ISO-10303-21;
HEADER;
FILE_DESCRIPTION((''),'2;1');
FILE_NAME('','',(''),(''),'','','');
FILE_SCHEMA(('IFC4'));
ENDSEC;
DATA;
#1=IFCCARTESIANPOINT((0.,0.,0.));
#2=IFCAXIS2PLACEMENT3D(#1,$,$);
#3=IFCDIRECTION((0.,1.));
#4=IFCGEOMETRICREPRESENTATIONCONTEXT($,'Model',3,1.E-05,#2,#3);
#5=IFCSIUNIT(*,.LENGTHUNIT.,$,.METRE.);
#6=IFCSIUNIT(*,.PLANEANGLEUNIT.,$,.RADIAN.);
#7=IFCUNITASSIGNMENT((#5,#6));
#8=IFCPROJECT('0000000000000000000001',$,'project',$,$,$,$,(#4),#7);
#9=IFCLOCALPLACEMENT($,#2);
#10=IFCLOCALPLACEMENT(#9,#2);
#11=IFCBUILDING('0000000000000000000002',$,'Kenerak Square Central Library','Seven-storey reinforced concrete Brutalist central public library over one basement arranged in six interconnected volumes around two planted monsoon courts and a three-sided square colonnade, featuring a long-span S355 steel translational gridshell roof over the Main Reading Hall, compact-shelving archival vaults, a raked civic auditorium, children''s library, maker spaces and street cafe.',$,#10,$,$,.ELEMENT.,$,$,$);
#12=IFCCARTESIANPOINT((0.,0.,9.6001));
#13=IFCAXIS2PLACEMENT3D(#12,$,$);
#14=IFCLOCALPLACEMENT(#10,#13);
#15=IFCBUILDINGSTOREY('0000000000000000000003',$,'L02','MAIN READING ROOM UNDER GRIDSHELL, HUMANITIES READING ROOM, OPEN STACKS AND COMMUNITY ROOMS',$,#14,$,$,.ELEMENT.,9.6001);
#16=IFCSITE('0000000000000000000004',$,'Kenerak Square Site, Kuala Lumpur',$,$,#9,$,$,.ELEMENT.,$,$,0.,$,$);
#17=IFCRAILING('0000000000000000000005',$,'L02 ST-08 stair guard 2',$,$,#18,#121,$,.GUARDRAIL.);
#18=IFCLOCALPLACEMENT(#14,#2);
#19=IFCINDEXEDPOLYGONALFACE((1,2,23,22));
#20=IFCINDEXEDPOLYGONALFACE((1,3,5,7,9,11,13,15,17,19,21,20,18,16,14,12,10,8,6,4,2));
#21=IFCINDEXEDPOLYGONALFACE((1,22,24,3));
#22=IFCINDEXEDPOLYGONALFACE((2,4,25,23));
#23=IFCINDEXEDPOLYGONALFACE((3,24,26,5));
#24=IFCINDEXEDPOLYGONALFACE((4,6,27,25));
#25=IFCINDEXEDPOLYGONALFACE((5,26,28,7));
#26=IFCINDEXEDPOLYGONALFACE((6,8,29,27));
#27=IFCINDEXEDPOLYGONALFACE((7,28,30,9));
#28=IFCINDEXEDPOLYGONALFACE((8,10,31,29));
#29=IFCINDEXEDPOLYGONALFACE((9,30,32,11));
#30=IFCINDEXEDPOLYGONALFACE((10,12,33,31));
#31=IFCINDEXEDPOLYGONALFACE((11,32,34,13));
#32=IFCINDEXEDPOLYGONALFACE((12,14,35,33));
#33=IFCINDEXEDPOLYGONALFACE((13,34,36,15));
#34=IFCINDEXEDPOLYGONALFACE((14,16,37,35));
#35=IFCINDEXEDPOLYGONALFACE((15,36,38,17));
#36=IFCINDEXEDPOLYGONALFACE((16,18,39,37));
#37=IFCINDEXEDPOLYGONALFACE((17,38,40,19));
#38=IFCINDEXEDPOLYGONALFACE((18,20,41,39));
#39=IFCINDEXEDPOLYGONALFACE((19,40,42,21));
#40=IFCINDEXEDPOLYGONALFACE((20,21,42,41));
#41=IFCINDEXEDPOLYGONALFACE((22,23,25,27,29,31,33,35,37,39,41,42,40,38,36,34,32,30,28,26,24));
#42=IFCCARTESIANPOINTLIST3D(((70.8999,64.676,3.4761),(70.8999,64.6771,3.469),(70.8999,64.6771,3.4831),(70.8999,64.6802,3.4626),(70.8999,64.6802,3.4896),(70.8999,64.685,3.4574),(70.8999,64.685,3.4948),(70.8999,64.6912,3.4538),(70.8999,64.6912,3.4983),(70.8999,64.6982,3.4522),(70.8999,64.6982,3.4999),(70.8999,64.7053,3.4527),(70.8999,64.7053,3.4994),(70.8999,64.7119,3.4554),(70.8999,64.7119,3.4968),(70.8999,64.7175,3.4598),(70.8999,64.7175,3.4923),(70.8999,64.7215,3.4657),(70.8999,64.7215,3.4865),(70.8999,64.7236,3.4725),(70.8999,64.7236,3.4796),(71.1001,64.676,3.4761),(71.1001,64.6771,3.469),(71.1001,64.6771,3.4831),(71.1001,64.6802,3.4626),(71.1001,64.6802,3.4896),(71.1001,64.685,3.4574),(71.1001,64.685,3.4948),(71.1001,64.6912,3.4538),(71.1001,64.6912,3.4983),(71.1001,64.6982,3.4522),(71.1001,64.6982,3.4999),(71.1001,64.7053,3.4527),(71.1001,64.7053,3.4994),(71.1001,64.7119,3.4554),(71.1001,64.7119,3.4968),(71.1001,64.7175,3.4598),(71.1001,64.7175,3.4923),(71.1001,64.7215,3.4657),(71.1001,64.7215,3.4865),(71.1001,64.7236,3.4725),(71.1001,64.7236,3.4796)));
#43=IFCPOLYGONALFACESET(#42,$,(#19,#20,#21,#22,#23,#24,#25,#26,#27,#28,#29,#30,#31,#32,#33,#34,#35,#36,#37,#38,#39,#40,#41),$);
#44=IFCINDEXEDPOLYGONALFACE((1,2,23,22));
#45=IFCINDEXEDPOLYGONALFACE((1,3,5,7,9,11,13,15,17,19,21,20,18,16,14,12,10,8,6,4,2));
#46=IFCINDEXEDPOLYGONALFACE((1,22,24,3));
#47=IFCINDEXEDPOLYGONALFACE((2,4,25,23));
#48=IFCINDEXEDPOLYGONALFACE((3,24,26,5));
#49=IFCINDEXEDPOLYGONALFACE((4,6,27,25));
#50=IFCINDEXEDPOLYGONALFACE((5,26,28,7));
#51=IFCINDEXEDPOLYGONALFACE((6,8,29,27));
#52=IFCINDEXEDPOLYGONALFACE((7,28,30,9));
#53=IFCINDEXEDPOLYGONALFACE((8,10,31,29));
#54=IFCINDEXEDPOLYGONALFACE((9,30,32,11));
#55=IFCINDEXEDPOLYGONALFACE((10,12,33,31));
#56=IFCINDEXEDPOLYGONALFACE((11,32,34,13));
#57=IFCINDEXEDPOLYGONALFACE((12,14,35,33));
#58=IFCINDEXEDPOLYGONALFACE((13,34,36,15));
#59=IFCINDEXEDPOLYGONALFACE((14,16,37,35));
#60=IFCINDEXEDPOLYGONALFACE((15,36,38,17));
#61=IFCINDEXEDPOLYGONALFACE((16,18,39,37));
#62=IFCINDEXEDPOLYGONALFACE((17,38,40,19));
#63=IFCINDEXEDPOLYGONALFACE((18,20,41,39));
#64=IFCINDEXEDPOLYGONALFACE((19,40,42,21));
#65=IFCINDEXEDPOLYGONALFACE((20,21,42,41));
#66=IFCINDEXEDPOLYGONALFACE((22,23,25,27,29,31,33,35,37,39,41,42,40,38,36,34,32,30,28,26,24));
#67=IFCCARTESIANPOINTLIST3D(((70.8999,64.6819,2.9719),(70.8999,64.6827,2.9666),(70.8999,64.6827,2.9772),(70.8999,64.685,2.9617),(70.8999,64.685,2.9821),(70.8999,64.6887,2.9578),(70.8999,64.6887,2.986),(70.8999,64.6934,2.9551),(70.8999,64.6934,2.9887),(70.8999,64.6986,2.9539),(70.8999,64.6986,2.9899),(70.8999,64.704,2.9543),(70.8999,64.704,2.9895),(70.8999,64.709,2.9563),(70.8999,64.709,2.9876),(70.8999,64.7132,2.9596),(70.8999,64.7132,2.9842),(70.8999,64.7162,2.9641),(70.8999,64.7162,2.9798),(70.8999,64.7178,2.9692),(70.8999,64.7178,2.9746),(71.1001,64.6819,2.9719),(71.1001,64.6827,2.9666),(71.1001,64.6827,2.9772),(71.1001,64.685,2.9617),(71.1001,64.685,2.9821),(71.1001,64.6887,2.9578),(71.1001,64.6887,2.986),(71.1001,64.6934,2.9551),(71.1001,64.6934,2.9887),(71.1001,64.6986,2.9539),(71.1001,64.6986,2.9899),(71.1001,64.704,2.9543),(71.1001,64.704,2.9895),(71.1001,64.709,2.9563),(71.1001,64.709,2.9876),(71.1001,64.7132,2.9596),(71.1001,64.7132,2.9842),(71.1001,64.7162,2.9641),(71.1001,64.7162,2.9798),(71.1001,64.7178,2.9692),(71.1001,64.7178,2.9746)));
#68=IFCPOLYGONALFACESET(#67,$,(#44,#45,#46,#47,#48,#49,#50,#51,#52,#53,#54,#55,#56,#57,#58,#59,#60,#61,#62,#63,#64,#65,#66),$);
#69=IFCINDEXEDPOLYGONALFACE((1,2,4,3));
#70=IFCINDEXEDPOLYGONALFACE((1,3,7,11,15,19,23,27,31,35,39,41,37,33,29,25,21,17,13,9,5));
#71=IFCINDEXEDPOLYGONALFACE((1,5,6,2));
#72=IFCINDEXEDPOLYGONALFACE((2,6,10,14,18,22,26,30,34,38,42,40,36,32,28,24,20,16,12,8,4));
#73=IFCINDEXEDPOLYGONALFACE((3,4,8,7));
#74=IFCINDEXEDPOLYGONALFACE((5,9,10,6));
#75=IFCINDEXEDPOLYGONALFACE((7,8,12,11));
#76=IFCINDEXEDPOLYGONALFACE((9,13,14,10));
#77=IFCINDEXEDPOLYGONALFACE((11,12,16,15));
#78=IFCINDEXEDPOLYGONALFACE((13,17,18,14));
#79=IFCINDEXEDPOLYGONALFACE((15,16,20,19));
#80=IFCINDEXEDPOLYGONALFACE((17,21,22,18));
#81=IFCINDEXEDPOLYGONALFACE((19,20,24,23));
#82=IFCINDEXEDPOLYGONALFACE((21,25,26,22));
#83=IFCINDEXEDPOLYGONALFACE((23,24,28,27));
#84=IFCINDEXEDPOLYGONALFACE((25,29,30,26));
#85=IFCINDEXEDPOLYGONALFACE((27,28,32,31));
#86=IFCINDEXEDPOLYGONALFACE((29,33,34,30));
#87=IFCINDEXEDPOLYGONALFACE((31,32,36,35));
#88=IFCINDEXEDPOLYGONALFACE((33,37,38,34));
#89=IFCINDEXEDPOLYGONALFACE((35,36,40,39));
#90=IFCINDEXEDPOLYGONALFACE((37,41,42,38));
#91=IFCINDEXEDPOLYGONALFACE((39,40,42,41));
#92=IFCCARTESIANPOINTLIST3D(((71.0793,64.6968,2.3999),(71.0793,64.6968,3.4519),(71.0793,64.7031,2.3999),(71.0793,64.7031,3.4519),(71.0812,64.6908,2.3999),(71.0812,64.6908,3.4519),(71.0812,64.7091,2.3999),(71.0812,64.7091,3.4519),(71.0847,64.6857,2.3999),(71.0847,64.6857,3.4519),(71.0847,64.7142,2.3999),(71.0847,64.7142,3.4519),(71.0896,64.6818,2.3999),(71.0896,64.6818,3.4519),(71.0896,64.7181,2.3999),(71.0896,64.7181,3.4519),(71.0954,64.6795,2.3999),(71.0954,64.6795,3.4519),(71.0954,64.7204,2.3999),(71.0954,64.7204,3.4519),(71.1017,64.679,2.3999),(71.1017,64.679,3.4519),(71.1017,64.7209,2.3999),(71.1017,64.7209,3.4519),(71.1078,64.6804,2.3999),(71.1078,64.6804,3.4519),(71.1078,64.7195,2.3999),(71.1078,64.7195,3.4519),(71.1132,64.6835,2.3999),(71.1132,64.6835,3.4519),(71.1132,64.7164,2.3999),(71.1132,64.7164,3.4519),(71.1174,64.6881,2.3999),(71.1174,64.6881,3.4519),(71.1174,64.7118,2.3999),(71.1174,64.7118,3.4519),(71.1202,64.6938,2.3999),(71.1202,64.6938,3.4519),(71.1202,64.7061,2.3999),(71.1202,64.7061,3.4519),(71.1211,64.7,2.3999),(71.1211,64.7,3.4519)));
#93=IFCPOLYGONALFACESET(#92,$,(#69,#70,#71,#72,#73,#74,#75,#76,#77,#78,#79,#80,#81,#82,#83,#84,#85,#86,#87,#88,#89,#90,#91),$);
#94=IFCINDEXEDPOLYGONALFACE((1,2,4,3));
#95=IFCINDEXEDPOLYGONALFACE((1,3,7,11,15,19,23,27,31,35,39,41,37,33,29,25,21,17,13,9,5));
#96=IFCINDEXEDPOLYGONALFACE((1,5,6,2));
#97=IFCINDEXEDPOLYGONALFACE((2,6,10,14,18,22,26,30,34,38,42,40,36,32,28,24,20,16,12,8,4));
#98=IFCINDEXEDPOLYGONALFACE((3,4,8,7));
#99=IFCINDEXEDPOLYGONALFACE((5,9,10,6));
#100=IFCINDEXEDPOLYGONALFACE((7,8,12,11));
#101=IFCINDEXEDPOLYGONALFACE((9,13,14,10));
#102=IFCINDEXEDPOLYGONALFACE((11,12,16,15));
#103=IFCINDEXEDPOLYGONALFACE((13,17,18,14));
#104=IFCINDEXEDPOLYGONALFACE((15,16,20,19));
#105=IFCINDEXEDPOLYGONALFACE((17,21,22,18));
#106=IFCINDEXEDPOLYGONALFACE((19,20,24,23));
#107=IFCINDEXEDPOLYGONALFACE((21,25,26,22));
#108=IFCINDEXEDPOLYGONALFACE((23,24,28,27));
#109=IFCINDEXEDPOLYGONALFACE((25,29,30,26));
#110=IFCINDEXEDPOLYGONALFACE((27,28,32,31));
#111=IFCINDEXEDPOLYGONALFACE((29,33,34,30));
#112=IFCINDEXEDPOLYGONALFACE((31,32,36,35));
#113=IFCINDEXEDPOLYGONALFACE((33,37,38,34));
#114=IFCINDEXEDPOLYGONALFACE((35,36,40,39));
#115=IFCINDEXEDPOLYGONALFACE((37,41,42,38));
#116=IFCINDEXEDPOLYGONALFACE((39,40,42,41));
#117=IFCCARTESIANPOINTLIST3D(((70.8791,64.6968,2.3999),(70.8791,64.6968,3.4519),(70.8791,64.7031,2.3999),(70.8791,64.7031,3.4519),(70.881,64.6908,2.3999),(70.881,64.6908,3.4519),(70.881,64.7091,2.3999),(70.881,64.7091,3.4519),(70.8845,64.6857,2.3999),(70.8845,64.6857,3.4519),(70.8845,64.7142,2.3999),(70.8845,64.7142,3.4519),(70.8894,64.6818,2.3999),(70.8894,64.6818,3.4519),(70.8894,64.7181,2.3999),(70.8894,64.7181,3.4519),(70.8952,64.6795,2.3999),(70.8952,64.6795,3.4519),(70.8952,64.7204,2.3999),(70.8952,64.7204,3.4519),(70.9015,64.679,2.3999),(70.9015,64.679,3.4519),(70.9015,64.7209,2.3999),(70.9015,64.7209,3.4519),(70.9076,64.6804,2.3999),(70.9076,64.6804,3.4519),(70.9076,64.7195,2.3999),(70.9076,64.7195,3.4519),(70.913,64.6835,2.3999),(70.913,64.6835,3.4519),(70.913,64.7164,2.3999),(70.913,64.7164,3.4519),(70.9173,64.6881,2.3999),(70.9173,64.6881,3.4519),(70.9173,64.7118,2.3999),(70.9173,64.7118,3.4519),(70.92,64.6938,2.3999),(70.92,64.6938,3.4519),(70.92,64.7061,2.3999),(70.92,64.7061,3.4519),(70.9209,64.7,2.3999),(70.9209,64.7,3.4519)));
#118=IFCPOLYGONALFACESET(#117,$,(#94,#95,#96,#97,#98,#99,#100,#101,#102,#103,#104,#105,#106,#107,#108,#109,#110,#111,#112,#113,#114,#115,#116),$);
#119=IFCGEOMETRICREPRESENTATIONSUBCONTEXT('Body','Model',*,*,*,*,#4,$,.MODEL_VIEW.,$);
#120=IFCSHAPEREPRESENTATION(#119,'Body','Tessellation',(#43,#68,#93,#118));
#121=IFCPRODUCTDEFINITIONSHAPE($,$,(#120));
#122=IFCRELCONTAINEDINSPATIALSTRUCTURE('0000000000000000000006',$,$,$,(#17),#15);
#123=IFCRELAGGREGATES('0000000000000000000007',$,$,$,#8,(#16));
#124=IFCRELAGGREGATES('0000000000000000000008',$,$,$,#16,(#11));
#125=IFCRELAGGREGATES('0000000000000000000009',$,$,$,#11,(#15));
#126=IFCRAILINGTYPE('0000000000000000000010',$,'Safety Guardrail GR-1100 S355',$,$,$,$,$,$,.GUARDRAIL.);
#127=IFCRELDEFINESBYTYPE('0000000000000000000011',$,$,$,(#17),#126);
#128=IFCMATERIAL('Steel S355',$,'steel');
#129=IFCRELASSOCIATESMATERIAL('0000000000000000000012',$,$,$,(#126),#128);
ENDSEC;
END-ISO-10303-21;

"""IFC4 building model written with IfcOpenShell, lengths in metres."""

from ifc_helpers import new_model, si_unit, direction, frame, origin, origin_2d, place, context, subcontext, project, spatial, circle, extrude, material, type_object, element, save


model = new_model("IFC4")

# Units and contexts
model_context = context("Model", 3, precision=1e-05, world=origin(), true_north=direction((0.0, 1.0)))
body_context = subcontext(model_context, "Body", "Model", "MODEL_VIEW")
ifc_project = project(units=[si_unit("LENGTHUNIT", "METRE"), si_unit("PLANEANGLEUNIT", "RADIAN")], contexts=[model_context])

# Site, building, storey
site_placement = place(None, origin())
site = spatial("IfcSite", under=ifc_project, at=site_placement, Name="Kenerak Square Site, Kuala Lumpur", CompositionType="ELEMENT", RefElevation=0.0)
building_placement = place(site_placement, origin())
building = spatial("IfcBuilding", under=site, at=building_placement, Name="Kenerak Square Central Library", Description="Seven-storey reinforced concrete Brutalist central public library over one basement arranged in six interconnected volumes around two planted monsoon courts and a three-sided square colonnade, featuring a long-span S355 steel translational gridshell roof over the Main Reading Hall, compact-shelving archival vaults, a raked civic auditorium, children's library, maker spaces and street cafe.", CompositionType="ELEMENT")
storey_placement = place(building_placement, frame((0.0, 0.0, 9.6001)))
storey = spatial("IfcBuildingStorey", under=building, at=storey_placement, Name="L02", Description="MAIN READING ROOM UNDER GRIDSHELL, HUMANITIES READING ROOM, OPEN STACKS AND COMMUNITY ROOMS", CompositionType="ELEMENT", Elevation=9.6001)

# Railing
ifc_material_1 = material(Name="Steel S355", Category="steel")
railing_type_1 = type_object("IfcRailingType", Name="Safety Guardrail GR-1100 S355", PredefinedType="GUARDRAIL", material=ifc_material_1)
railing_1_placement = place(storey_placement, frame((71.1001, 64.7, 2.3999)))
element("IfcRailing", 1, at=railing_1_placement, inside=storey, type_object=railing_type_1, Name="L02 ST-08 stair guard 2", PredefinedType="GUARDRAIL", context=body_context, shape_type="SweptSolid", body=[
    extrude(circle(Radius=0.0239, at=origin_2d()), frame((0.0, 0.0, 1.0762), z_axis=(-1.0, 0.0, 0.0), x_axis=(0.0, -1.0, 0.0)), (0.0, 0.0, 1.0), 0.2002),
    extrude(circle(Radius=0.0181, at=origin_2d()), frame((0.0, 0.0, 0.572), z_axis=(-1.0, 0.0, 0.0), x_axis=(0.0, -1.0, 0.0)), (0.0, 0.0, 1.0), 0.2002),
    extrude(circle(Radius=0.021, at=origin_2d()), origin(), (0.0, 0.0, 1.0), 1.052),
    extrude(circle(Radius=0.021, at=origin_2d()), frame((-0.2002, 0.0, 0.0)), (0.0, 0.0, 1.0), 1.052),
])

save(model, "model.ifc")
